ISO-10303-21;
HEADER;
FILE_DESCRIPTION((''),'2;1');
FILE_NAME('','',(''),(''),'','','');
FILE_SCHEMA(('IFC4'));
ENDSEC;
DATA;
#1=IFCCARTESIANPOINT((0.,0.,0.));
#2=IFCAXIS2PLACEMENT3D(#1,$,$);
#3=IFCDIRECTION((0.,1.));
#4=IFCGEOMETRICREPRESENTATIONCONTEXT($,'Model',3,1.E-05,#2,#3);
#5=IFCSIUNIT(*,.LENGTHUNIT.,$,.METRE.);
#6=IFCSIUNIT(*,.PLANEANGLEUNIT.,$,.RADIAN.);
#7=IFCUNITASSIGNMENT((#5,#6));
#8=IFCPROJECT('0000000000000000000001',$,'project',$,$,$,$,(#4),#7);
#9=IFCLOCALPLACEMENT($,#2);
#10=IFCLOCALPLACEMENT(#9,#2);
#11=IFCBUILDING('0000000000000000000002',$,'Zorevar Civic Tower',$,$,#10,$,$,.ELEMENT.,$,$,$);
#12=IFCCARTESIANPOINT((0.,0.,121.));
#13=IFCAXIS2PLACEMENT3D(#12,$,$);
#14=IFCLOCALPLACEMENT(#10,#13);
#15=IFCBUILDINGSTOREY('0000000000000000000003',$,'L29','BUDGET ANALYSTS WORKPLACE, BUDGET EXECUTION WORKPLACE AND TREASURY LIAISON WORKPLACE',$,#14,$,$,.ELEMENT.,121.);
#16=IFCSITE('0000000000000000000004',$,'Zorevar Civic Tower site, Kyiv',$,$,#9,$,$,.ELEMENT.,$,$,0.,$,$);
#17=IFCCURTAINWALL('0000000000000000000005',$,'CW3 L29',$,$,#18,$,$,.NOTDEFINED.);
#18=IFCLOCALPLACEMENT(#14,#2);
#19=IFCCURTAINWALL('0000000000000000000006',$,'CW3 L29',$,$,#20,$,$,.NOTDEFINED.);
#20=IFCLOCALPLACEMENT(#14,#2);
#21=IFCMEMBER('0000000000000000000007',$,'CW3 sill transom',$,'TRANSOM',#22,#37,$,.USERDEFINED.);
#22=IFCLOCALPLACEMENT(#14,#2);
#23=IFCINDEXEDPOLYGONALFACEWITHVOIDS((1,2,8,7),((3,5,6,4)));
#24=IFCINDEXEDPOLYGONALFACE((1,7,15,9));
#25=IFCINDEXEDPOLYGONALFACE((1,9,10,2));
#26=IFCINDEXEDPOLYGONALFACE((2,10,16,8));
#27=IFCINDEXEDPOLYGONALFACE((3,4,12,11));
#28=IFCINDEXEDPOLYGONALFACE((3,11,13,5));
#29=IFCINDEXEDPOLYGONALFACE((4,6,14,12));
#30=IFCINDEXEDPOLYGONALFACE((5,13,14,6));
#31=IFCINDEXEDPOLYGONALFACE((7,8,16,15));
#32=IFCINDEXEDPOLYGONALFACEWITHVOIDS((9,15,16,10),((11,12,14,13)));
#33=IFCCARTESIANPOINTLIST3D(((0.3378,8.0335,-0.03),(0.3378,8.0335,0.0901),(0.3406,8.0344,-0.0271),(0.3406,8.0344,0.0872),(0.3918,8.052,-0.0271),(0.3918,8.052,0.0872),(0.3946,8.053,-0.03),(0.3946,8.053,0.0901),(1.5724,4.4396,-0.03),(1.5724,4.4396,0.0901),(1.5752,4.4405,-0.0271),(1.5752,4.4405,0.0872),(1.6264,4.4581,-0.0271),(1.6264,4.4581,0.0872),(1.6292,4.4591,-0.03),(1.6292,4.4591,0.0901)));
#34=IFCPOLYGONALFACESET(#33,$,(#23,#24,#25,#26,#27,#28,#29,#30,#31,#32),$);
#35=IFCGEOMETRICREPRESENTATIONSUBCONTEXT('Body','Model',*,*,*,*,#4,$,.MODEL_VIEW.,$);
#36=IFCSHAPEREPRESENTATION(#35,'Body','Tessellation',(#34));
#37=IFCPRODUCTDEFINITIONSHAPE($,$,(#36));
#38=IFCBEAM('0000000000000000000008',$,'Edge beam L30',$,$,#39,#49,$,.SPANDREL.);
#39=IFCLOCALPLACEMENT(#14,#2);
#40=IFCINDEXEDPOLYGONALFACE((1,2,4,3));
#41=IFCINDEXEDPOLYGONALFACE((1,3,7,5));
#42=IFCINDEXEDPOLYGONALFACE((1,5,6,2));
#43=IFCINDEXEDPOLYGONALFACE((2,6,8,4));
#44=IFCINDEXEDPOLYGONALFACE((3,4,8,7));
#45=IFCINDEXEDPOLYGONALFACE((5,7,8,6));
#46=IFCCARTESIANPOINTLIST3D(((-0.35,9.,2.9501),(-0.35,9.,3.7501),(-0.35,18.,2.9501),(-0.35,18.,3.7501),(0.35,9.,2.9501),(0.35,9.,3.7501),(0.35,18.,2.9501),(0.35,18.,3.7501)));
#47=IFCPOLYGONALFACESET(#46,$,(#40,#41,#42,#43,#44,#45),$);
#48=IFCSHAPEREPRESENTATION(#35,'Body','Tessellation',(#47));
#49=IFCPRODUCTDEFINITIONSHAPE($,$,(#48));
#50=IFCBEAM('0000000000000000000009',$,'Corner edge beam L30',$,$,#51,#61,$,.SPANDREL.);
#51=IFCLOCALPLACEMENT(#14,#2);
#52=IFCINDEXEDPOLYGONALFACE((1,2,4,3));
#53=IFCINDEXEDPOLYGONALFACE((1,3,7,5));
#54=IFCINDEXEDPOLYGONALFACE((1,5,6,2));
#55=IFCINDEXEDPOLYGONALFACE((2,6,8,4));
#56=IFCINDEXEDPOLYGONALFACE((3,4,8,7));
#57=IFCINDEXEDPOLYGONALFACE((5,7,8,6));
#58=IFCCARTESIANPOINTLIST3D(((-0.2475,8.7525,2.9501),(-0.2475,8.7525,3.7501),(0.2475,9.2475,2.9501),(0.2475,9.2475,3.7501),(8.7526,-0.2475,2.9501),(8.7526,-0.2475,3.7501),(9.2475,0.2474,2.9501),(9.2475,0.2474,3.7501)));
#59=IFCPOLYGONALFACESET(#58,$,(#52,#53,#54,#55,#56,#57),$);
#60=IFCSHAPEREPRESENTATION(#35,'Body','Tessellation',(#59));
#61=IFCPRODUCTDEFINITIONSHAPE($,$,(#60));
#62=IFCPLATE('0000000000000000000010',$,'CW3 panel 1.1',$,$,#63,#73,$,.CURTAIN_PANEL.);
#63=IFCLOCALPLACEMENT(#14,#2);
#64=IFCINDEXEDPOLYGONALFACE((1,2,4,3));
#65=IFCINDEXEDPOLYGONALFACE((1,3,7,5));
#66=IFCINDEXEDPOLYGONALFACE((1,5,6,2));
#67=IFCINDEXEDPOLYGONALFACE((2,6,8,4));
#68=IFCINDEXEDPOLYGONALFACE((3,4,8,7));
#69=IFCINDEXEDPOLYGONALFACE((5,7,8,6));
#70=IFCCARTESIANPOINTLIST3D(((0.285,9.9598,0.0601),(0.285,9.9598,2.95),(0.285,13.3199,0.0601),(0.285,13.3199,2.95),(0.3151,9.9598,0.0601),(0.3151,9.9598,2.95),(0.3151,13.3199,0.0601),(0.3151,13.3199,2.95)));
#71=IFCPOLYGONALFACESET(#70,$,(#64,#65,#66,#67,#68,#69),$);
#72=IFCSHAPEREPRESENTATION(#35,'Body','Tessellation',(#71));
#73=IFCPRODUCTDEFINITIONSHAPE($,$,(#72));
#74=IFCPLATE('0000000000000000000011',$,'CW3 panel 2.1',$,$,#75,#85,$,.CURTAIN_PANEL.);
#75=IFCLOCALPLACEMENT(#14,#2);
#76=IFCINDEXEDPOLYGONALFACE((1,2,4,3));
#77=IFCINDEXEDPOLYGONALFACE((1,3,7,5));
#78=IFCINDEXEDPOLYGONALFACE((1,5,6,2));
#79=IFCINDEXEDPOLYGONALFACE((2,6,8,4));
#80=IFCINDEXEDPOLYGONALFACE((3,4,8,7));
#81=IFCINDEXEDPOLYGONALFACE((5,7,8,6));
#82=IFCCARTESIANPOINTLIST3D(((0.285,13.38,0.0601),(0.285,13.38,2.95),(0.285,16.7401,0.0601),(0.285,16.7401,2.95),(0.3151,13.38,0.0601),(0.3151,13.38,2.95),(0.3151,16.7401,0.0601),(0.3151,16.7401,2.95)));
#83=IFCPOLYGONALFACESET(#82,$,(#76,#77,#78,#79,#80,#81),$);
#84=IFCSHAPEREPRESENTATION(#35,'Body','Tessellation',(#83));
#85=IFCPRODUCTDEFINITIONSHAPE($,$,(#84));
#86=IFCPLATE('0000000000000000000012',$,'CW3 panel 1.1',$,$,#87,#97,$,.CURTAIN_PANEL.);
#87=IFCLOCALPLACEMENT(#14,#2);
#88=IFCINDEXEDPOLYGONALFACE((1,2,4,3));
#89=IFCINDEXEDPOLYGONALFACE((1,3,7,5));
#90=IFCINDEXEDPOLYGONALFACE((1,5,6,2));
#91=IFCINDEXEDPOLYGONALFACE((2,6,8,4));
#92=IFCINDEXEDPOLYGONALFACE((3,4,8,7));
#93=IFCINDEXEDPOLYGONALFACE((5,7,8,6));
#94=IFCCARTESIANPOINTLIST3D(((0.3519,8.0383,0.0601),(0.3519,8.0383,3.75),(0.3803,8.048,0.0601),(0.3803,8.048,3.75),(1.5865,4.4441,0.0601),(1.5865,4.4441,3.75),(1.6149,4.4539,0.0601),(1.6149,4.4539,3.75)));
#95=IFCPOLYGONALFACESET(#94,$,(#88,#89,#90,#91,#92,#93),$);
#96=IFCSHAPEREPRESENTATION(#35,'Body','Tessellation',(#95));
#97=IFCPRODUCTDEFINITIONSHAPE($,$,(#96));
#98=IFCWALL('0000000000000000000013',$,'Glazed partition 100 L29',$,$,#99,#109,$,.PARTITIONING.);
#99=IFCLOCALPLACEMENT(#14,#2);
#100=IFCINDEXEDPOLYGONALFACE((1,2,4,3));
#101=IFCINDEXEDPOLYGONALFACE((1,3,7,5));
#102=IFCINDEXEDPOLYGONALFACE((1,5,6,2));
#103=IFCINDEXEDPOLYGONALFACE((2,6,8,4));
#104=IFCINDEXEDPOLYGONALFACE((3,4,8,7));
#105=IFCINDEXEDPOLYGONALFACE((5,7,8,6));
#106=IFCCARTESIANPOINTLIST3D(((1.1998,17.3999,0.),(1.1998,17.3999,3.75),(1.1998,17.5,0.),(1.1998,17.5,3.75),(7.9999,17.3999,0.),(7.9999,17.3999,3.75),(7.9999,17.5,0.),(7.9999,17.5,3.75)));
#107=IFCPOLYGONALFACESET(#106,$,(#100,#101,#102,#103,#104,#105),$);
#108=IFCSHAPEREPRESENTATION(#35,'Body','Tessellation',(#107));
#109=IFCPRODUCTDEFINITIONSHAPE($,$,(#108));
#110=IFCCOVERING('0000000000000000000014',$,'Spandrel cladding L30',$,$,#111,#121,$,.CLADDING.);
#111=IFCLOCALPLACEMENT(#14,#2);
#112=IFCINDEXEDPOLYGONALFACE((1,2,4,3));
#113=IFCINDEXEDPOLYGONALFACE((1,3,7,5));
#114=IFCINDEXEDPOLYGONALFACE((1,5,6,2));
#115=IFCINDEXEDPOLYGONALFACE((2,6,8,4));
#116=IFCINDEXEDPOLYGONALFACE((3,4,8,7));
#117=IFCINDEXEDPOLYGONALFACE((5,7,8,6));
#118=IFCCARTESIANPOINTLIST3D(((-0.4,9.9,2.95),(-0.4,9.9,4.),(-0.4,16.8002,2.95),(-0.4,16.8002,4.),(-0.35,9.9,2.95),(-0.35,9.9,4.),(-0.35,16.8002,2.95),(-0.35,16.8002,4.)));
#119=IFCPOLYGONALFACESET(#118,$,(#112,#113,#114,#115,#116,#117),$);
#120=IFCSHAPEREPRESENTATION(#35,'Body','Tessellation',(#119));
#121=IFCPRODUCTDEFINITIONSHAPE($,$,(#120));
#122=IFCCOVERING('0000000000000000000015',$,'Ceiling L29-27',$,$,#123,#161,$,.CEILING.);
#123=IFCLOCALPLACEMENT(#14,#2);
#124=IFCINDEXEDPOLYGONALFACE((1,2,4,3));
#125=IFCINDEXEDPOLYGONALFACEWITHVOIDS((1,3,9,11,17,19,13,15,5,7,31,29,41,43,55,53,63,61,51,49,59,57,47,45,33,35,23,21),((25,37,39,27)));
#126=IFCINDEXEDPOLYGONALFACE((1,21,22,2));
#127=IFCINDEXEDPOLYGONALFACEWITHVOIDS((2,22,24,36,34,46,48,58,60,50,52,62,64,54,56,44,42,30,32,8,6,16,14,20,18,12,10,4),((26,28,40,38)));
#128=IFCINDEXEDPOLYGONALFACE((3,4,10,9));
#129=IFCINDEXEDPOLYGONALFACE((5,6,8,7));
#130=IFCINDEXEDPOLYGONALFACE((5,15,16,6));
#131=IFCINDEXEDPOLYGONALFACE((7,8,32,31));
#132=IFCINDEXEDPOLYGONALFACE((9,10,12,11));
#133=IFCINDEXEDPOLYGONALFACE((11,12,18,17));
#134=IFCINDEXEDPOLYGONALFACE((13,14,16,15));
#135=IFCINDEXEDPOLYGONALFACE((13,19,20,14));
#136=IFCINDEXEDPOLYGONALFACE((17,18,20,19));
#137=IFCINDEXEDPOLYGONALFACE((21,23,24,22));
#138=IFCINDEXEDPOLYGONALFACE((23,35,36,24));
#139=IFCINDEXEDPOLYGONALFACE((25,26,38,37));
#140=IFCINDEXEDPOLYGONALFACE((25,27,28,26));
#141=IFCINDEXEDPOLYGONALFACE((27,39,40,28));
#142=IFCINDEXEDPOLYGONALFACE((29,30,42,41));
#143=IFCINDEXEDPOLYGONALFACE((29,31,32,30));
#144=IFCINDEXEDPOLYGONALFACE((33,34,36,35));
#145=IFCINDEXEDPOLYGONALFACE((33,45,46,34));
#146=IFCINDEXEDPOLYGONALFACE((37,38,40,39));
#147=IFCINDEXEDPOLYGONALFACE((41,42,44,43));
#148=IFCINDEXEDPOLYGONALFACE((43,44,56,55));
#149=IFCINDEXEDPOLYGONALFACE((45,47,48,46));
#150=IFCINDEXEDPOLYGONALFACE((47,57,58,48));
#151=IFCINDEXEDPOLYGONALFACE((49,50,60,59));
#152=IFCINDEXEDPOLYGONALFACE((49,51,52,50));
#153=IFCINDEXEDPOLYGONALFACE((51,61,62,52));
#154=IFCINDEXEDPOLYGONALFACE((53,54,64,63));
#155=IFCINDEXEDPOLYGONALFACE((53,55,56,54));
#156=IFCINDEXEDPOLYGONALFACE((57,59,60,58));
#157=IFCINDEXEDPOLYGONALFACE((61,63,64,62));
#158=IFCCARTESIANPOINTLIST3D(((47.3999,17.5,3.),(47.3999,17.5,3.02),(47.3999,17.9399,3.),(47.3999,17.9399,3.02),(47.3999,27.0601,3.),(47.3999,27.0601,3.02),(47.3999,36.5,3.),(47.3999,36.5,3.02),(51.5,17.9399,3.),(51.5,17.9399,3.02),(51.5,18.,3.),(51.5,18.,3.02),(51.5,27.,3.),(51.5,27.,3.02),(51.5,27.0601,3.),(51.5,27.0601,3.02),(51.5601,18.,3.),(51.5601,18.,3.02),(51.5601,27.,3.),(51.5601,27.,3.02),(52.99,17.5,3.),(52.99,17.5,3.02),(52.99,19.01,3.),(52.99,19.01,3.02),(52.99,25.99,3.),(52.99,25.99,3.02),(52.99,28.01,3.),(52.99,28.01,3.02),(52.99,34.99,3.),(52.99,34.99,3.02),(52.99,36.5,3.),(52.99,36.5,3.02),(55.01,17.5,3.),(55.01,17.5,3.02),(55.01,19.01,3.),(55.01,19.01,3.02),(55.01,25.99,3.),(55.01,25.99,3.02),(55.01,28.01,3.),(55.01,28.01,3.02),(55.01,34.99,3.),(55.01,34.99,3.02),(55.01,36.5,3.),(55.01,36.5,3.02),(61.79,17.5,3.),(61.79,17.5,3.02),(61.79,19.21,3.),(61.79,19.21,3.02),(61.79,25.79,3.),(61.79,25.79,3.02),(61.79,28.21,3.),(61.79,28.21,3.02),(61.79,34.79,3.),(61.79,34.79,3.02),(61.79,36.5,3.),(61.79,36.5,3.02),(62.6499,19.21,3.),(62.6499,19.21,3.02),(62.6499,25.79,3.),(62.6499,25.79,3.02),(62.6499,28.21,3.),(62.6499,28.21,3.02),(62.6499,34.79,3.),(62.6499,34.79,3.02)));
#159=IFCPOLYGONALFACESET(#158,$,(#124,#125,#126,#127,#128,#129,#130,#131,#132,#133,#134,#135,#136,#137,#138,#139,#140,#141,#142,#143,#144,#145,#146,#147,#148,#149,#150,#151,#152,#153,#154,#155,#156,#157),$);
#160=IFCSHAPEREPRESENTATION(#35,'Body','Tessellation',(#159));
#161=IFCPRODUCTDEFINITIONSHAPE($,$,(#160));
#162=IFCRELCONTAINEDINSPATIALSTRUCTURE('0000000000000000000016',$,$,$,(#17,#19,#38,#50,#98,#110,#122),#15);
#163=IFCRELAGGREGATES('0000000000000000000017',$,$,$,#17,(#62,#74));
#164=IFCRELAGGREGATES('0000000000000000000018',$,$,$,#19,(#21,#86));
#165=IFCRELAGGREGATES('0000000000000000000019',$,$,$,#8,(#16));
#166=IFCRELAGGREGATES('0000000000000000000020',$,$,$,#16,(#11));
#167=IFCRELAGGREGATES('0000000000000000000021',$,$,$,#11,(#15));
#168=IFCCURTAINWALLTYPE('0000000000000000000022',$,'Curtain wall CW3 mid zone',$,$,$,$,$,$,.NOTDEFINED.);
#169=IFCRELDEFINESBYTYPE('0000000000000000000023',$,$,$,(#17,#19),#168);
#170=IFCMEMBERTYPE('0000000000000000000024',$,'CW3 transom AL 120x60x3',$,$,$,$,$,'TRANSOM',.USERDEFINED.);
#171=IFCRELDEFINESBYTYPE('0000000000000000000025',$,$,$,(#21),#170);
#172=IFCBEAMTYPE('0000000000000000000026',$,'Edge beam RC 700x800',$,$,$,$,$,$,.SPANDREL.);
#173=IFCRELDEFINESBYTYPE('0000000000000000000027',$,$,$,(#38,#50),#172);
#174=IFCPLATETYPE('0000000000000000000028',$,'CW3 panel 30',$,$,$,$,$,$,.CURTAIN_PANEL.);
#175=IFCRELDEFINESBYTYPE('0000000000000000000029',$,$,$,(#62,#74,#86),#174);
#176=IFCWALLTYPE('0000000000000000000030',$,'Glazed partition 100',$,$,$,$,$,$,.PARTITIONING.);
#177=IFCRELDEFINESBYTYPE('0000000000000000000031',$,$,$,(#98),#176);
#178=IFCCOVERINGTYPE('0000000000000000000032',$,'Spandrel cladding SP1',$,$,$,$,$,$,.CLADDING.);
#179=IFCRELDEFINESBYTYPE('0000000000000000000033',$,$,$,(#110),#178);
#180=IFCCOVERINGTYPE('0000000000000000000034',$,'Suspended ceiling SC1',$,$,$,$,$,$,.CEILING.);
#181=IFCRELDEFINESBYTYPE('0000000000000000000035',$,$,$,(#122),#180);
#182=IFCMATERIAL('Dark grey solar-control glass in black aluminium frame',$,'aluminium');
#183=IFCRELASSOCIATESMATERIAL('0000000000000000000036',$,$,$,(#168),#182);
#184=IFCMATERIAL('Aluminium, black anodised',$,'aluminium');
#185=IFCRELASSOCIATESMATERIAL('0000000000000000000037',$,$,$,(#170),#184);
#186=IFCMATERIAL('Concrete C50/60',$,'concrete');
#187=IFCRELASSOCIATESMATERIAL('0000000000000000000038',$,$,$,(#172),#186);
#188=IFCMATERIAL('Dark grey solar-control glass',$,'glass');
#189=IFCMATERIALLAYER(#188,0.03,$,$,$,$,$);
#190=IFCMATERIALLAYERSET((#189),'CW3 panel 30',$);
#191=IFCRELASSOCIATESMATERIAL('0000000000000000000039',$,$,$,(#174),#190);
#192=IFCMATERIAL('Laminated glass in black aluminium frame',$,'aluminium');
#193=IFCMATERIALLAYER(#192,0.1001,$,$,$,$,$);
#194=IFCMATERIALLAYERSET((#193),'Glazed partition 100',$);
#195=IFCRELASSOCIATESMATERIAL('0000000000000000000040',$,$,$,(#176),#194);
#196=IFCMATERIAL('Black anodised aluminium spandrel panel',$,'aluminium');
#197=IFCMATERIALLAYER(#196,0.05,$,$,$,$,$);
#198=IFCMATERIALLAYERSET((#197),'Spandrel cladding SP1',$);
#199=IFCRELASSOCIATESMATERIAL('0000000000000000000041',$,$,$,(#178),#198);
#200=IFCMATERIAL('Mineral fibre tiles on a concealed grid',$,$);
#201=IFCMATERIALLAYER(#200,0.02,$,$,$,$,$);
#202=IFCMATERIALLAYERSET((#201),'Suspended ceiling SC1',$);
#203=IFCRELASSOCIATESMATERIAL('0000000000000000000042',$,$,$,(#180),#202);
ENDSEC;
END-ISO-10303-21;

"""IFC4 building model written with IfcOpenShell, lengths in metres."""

from ifc_helpers import new_model, si_unit, direction, frame, frame_2d, origin, origin_2d, place, context, subcontext, project, spatial, polyline, rectangle, hollow_rectangle, outline, extrude, material, layer, layer_set, material_profile, profile_set, type_object, element, aggregate, save


model = new_model("IFC4")

# Units and contexts
model_context = context("Model", 3, precision=1e-05, world=origin(), true_north=direction((0.0, 1.0)))
body_context = subcontext(model_context, "Body", "Model", "MODEL_VIEW")
ifc_project = project(units=[si_unit("LENGTHUNIT", "METRE"), si_unit("PLANEANGLEUNIT", "RADIAN")], contexts=[model_context])

# Site, building, storey
site_placement = place(None, origin())
site = spatial("IfcSite", under=ifc_project, at=site_placement, Name="Zorevar Civic Tower site, Kyiv", CompositionType="ELEMENT", RefElevation=0.0)
building_placement = place(site_placement, origin())
building = spatial("IfcBuilding", under=site, at=building_placement, Name="Zorevar Civic Tower", CompositionType="ELEMENT")
storey_placement = place(building_placement, frame((0.0, 0.0, 121.0)))
storey = spatial("IfcBuildingStorey", under=building, at=storey_placement, Name="L29", Description="BUDGET ANALYSTS WORKPLACE, BUDGET EXECUTION WORKPLACE AND TREASURY LIAISON WORKPLACE", CompositionType="ELEMENT", Elevation=121.0)

# Curtain walls
ifc_material_1 = material(Name="Dark grey solar-control glass in black aluminium frame", Category="aluminium")
curtain_wall_type = type_object("IfcCurtainWallType", Name="Curtain wall CW3 mid zone", PredefinedType="NOTDEFINED", material=ifc_material_1)
curtain_wall_1_placement = place(storey_placement, origin())
curtain_wall_1 = element("IfcCurtainWall", 1, at=curtain_wall_1_placement, inside=storey, type_object=curtain_wall_type, Name="CW3 L29", PredefinedType="NOTDEFINED")
curtain_wall_2_placement = place(storey_placement, origin())
curtain_wall_2 = element("IfcCurtainWall", 2, at=curtain_wall_2_placement, inside=storey, type_object=curtain_wall_type, Name="CW3 L29", PredefinedType="NOTDEFINED")

# Member
ifc_material_2 = material(Name="Aluminium, black anodised", Category="aluminium")
ifc_material_profile_1 = material_profile(ifc_material_2, hollow_rectangle(XDim=0.0601, YDim=0.1201, WallThickness=0.0029, at=origin_2d()), Name="AL 120x60x3")
ifc_profile_set_1 = profile_set([ifc_material_profile_1], Name="Aluminium, black anodised")
member_type_1 = type_object("IfcMemberType", Name="CW3 transom AL 120x60x3", ElementType="TRANSOM", PredefinedType="USERDEFINED", material=ifc_profile_set_1)
member_1_placement = place(storey_placement, frame((0.3662, 8.0432, 0.03), z_axis=(0.324888, -0.945753, 0.0), x_axis=(0.945753, 0.324888, 0.0)))
member_1 = element("IfcMember", 3, at=member_1_placement, type_object=member_type_1, Name="CW3 sill transom", ObjectType="TRANSOM", PredefinedType="USERDEFINED", context=body_context, shape_type="SweptSolid", body=[
    extrude(hollow_rectangle(XDim=0.0601, YDim=0.1201, WallThickness=0.0029, at=origin_2d()), origin(), (0.0, 0.0, 1.0), 3.8),
])

# Beams
ifc_material_3 = material(Name="Concrete C50/60", Category="concrete")
ifc_material_profile_2 = material_profile(ifc_material_3, rectangle(XDim=0.7, YDim=0.8, at=origin_2d()), Name="RC 700x800")
ifc_profile_set_2 = profile_set([ifc_material_profile_2], Name="Concrete C50/60")
beam_type_1 = type_object("IfcBeamType", Name="Edge beam RC 700x800", PredefinedType="SPANDREL", material=ifc_profile_set_2)
beam_1_placement = place(storey_placement, frame((0.0, 9.0, 3.3501), z_axis=(0.0, 1.0, 0.0), x_axis=(-1.0, 0.0, 0.0)))
element("IfcBeam", 4, at=beam_1_placement, inside=storey, type_object=beam_type_1, Name="Edge beam L30", PredefinedType="SPANDREL", context=body_context, shape_type="SweptSolid", body=[
    extrude(rectangle(XDim=0.7, YDim=0.8, at=origin_2d()), origin(), (0.0, 0.0, 1.0), 9.0),
])
beam_2_placement = place(storey_placement, frame((0.0, 9.0, 3.3501), z_axis=(0.707107, -0.707107, 0.0), x_axis=(0.707107, 0.707107, 0.0)))
element("IfcBeam", 5, at=beam_2_placement, inside=storey, type_object=beam_type_1, Name="Corner edge beam L30", PredefinedType="SPANDREL", context=body_context, shape_type="SweptSolid", body=[
    extrude(rectangle(XDim=0.7, YDim=0.8, at=origin_2d()), origin(), (0.0, 0.0, 1.0), 12.728),
])

# Plates
ifc_material_4 = material(Name="Dark grey solar-control glass", Category="glass")
ifc_layer_1 = layer(ifc_material_4, 0.03)
ifc_layer_set_1 = layer_set([ifc_layer_1], Name="CW3 panel 30")
plate_type = type_object("IfcPlateType", Name="CW3 panel 30", PredefinedType="CURTAIN_PANEL", material=ifc_layer_set_1)
plate_1_placement = place(storey_placement, frame((0.3, 11.6399, 0.0601), z_axis=(0.0, 0.0, 1.0), x_axis=(0.0, 1.0, 0.0)))
plate_1 = element("IfcPlate", 6, at=plate_1_placement, type_object=plate_type, Name="CW3 panel 1.1", PredefinedType="CURTAIN_PANEL", context=body_context, shape_type="SweptSolid", body=[
    extrude(rectangle(XDim=3.3601, YDim=0.03, at=origin_2d()), origin(), (0.0, 0.0, 1.0), 2.8899),
])
plate_2_placement = place(storey_placement, frame((0.3, 15.0601, 0.0601), z_axis=(0.0, 0.0, 1.0), x_axis=(0.0, 1.0, 0.0)))
plate_2 = element("IfcPlate", 7, at=plate_2_placement, type_object=plate_type, Name="CW3 panel 2.1", PredefinedType="CURTAIN_PANEL", context=body_context, shape_type="SweptSolid", body=[
    extrude(rectangle(XDim=3.3601, YDim=0.03, at=origin_2d()), origin(), (0.0, 0.0, 1.0), 2.8899),
])
aggregate(curtain_wall_1, [plate_1, plate_2])
plate_3_placement = place(storey_placement, frame((0.9834, 6.2461, 0.0601), z_axis=(0.0, 0.0, 1.0), x_axis=(0.324878, -0.945756, 0.0)))
plate_3 = element("IfcPlate", 8, at=plate_3_placement, type_object=plate_type, Name="CW3 panel 1.1", PredefinedType="CURTAIN_PANEL", context=body_context, shape_type="SweptSolid", body=[
    extrude(rectangle(XDim=3.8003, YDim=0.03, at=origin_2d()), origin(), (0.0, 0.0, 1.0), 3.6899),
])
aggregate(curtain_wall_2, [member_1, plate_3])

# Wall
ifc_material_5 = material(Name="Laminated glass in black aluminium frame", Category="aluminium")
ifc_layer_2 = layer(ifc_material_5, 0.1001)
ifc_layer_set_2 = layer_set([ifc_layer_2], Name="Glazed partition 100")
wall_type = type_object("IfcWallType", Name="Glazed partition 100", PredefinedType="PARTITIONING", material=ifc_layer_set_2)
wall_placement = place(storey_placement, frame((1.2, 17.45, 0.0), z_axis=(0.0, 0.0, 1.0), x_axis=(1.0, 0.0, 0.0)))
element("IfcWall", 9, at=wall_placement, inside=storey, type_object=wall_type, Name="Glazed partition 100 L29", PredefinedType="PARTITIONING", context=body_context, shape_type="SweptSolid", body=[
    extrude(rectangle(XDim=6.8, YDim=0.1001, at=frame_2d((3.3999, 0.0))), origin(), (0.0, 0.0, 1.0), 3.75),
])

# Coverings
ifc_material_6 = material(Name="Black anodised aluminium spandrel panel", Category="aluminium")
ifc_layer_3 = layer(ifc_material_6, 0.05)
ifc_layer_set_3 = layer_set([ifc_layer_3], Name="Spandrel cladding SP1")
covering_type_1 = type_object("IfcCoveringType", Name="Spandrel cladding SP1", PredefinedType="CLADDING", material=ifc_layer_set_3)
covering_1_placement = place(storey_placement, frame((-0.375, 9.8999, 2.95), z_axis=(0.0, 0.0, 1.0), x_axis=(0.0, 1.0, 0.0)))
element("IfcCovering", 10, at=covering_1_placement, inside=storey, type_object=covering_type_1, Name="Spandrel cladding L30", PredefinedType="CLADDING", context=body_context, shape_type="SweptSolid", body=[
    extrude(rectangle(XDim=6.9001, YDim=0.05, at=frame_2d((3.4502, 0.0))), origin(), (0.0, 0.0, 1.0), 1.05),
])
ifc_material_7 = material(Name="Mineral fibre tiles on a concealed grid")
ifc_layer_4 = layer(ifc_material_7, 0.02)
ifc_layer_set_4 = layer_set([ifc_layer_4], Name="Suspended ceiling SC1")
covering_type_2 = type_object("IfcCoveringType", Name="Suspended ceiling SC1", PredefinedType="CEILING", material=ifc_layer_set_4)
covering_2_placement = place(storey_placement, frame((0.0, 0.0, 3.0)))
element("IfcCovering", 11, at=covering_2_placement, inside=storey, type_object=covering_type_2, Name="Ceiling L29-27", PredefinedType="CEILING", context=body_context, shape_type="SweptSolid", body=[
    extrude(outline(polyline([(52.99, 34.99), (55.01, 34.99), (55.01, 36.5), (61.79, 36.5), (61.79, 34.79), (62.6499, 34.79), (62.6499, 28.21), (61.79, 28.21), (61.79, 25.79), (62.6499, 25.79), (62.6499, 19.21), (61.79, 19.21), (61.79, 17.5), (55.01, 17.5), (55.01, 19.01), (52.99, 19.01), (52.99, 17.5), (47.3999, 17.5), (47.3999, 17.9399), (51.5, 17.9399), (51.5, 18.0), (51.5601, 18.0), (51.5601, 27.0), (51.5, 27.0), (51.5, 27.0601), (47.3999, 27.0601), (47.3999, 36.5), (52.99, 36.5), (52.99, 34.99)]), holes=[polyline([(55.01, 28.01), (52.99, 28.01), (52.99, 25.99), (55.01, 25.99), (55.01, 28.01)])]), origin(), (0.0, 0.0, 1.0), 0.02),
])

save(model, "model.ifc")
